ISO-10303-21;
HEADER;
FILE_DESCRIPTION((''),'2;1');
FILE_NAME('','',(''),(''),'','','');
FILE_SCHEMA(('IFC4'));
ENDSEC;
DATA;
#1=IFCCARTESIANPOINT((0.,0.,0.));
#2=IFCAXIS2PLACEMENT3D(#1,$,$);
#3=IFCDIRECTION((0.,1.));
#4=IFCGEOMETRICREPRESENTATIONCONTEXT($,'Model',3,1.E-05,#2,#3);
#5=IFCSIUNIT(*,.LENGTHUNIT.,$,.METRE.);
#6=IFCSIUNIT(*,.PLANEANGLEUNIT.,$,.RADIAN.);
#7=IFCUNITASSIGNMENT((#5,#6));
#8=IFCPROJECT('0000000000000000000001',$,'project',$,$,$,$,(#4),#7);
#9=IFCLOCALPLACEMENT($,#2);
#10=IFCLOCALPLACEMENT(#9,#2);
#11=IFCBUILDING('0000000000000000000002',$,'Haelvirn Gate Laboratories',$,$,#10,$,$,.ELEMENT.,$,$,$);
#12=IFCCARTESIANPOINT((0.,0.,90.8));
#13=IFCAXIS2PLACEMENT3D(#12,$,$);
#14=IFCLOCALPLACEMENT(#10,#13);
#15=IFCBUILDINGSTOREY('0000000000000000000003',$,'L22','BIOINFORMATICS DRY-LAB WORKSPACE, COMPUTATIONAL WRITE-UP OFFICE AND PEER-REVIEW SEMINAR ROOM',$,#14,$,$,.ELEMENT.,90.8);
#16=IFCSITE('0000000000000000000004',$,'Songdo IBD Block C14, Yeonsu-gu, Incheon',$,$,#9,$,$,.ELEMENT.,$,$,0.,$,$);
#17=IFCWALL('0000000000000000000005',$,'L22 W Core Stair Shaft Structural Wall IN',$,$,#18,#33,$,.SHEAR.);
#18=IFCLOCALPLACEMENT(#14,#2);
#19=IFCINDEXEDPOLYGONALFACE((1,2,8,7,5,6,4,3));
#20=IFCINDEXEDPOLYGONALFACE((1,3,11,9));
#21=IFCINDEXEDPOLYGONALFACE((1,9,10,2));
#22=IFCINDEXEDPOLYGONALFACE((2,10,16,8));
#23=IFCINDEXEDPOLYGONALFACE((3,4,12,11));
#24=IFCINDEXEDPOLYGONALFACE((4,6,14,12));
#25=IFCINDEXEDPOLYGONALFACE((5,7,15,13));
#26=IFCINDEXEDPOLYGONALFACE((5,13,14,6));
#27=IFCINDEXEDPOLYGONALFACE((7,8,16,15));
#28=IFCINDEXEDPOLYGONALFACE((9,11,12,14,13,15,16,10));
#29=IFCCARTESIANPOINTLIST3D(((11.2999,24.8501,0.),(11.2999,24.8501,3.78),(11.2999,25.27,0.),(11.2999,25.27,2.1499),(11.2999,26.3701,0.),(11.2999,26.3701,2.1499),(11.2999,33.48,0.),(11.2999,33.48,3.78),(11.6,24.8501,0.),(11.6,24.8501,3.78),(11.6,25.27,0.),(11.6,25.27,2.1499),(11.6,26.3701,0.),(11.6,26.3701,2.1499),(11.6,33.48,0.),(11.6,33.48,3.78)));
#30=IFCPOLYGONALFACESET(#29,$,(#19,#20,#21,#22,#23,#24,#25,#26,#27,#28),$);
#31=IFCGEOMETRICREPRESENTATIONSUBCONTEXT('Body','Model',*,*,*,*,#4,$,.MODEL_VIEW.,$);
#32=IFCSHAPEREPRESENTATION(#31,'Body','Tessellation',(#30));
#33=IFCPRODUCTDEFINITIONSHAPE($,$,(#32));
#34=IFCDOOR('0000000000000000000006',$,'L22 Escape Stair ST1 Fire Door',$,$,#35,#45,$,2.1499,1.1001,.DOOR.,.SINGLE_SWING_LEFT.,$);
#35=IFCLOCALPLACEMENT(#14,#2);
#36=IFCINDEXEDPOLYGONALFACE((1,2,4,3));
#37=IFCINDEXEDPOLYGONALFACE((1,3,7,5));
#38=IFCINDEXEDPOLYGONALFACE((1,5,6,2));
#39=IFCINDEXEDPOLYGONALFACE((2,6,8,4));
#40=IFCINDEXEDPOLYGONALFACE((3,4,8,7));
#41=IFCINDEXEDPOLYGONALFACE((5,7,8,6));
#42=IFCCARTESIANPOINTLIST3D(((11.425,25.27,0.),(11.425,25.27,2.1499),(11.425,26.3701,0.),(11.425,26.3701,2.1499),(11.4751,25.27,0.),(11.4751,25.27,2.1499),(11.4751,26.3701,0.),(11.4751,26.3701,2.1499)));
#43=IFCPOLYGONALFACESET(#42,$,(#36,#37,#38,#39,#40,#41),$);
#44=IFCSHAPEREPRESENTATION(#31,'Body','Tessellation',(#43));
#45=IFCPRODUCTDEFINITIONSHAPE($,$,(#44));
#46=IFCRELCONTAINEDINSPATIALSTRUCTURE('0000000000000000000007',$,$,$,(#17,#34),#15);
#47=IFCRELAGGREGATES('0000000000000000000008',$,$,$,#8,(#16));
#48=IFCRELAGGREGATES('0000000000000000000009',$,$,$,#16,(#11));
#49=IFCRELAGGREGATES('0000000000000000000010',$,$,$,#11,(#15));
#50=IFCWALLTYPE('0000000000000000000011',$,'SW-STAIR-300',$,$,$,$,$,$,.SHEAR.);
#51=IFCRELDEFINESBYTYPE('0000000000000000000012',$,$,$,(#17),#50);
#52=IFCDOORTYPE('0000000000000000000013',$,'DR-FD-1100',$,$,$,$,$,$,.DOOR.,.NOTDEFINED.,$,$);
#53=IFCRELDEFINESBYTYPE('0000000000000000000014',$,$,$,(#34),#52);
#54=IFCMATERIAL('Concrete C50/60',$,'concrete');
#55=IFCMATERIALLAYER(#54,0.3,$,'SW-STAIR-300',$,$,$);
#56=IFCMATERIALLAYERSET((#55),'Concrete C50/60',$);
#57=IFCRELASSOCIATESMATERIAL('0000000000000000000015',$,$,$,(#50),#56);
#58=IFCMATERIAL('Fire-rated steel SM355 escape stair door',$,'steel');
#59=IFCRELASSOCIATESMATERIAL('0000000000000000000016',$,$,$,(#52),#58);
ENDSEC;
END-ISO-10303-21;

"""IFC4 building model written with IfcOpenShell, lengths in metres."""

from ifc_helpers import new_model, si_unit, direction, frame, frame_2d, origin, place, context, subcontext, project, spatial, rectangle, extrude, source, transform, mapped, material, layer, layer_set, type_object, type_shapes, element, fill, save


model = new_model("IFC4")

# Units and contexts
model_context = context("Model", 3, precision=1e-05, world=origin(), true_north=direction((0.0, 1.0)))
body_context = subcontext(model_context, "Body", "Model", "MODEL_VIEW")
ifc_project = project(units=[si_unit("LENGTHUNIT", "METRE"), si_unit("PLANEANGLEUNIT", "RADIAN")], contexts=[model_context])

# Site, building, storey
site_placement = place(None, origin())
site = spatial("IfcSite", under=ifc_project, at=site_placement, Name="Songdo IBD Block C14, Yeonsu-gu, Incheon", CompositionType="ELEMENT", RefElevation=0.0)
building_placement = place(site_placement, origin())
building = spatial("IfcBuilding", under=site, at=building_placement, Name="Haelvirn Gate Laboratories", CompositionType="ELEMENT")
storey_placement = place(building_placement, frame((0.0, 0.0, 90.8)))
storey = spatial("IfcBuildingStorey", under=building, at=storey_placement, Name="L22", Description="BIOINFORMATICS DRY-LAB WORKSPACE, COMPUTATIONAL WRITE-UP OFFICE AND PEER-REVIEW SEMINAR ROOM", CompositionType="ELEMENT", Elevation=90.8)

# Wall, opening, door
ifc_material_1 = material(Name="Concrete C50/60", Category="concrete")
ifc_layer_1 = layer(ifc_material_1, 0.3, Name="SW-STAIR-300")
ifc_layer_set_1 = layer_set([ifc_layer_1], Name="Concrete C50/60")
wall_type_1 = type_object("IfcWallType", Name="SW-STAIR-300", PredefinedType="SHEAR", material=ifc_layer_set_1)
wall_1_placement = place(storey_placement, frame((11.45, 24.8501, 0.0), z_axis=(0.0, 0.0, 1.0), x_axis=(0.0, 1.0, 0.0)))
wall_1 = element("IfcWall", 1, at=wall_1_placement, inside=storey, type_object=wall_type_1, Name="L22 W Core Stair Shaft Structural Wall IN", PredefinedType="SHEAR", context=body_context, shape_type="SweptSolid", body=[
    extrude(rectangle(XDim=8.6299, YDim=0.3, at=frame_2d((4.3149, 0.0))), origin(), (0.0, 0.0, 1.0), 3.78),
])
opening_1_placement = place(wall_1_placement, frame((0.4199, 0.0, 0.0)))
opening_1 = element("IfcOpeningElement", 2, at=opening_1_placement, cuts=wall_1, PredefinedType="OPENING", context=body_context, shape_type="SweptSolid", body=[
    extrude(rectangle(XDim=1.1001, YDim=2.1499, at=frame_2d((0.55, 1.075))), frame((0.0, 0.1602, 0.0), z_axis=(0.0, -1.0, 0.0), x_axis=(1.0, 0.0, 0.0)), (0.0, 0.0, 1.0), 0.3201),
])
ifc_material_2 = material(Name="Fire-rated steel SM355 escape stair door", Category="steel")
door_type_1 = type_object("IfcDoorType", Name="DR-FD-1100", OperationType="NOTDEFINED", PredefinedType="DOOR", material=ifc_material_2)
shared_shape_1 = source(origin(), body_context, "Body", "SweptSolid", [
    extrude(rectangle(XDim=1.1001, YDim=2.1499, at=frame_2d((0.55, 1.075))), frame((0.0, 0.0249, 0.0), z_axis=(0.0, -1.0, 0.0), x_axis=(1.0, 0.0, 0.0)), (0.0, 0.0, 1.0), 0.05),
])
type_shapes(door_type_1, [shared_shape_1])
door_1_placement = place(opening_1_placement, origin())
door_1 = element("IfcDoor", 3, at=door_1_placement, inside=storey, type_object=door_type_1, Name="L22 Escape Stair ST1 Fire Door", OperationType="SINGLE_SWING_LEFT", OverallHeight=2.1499, OverallWidth=1.1001, PredefinedType="DOOR", context=body_context, shape_type="MappedRepresentation", body=[
    mapped(shared_shape_1, transform((0.0, 0.0, 0.0), scale=1.0)),
])
fill(opening_1, door_1)

save(model, "model.ifc")
